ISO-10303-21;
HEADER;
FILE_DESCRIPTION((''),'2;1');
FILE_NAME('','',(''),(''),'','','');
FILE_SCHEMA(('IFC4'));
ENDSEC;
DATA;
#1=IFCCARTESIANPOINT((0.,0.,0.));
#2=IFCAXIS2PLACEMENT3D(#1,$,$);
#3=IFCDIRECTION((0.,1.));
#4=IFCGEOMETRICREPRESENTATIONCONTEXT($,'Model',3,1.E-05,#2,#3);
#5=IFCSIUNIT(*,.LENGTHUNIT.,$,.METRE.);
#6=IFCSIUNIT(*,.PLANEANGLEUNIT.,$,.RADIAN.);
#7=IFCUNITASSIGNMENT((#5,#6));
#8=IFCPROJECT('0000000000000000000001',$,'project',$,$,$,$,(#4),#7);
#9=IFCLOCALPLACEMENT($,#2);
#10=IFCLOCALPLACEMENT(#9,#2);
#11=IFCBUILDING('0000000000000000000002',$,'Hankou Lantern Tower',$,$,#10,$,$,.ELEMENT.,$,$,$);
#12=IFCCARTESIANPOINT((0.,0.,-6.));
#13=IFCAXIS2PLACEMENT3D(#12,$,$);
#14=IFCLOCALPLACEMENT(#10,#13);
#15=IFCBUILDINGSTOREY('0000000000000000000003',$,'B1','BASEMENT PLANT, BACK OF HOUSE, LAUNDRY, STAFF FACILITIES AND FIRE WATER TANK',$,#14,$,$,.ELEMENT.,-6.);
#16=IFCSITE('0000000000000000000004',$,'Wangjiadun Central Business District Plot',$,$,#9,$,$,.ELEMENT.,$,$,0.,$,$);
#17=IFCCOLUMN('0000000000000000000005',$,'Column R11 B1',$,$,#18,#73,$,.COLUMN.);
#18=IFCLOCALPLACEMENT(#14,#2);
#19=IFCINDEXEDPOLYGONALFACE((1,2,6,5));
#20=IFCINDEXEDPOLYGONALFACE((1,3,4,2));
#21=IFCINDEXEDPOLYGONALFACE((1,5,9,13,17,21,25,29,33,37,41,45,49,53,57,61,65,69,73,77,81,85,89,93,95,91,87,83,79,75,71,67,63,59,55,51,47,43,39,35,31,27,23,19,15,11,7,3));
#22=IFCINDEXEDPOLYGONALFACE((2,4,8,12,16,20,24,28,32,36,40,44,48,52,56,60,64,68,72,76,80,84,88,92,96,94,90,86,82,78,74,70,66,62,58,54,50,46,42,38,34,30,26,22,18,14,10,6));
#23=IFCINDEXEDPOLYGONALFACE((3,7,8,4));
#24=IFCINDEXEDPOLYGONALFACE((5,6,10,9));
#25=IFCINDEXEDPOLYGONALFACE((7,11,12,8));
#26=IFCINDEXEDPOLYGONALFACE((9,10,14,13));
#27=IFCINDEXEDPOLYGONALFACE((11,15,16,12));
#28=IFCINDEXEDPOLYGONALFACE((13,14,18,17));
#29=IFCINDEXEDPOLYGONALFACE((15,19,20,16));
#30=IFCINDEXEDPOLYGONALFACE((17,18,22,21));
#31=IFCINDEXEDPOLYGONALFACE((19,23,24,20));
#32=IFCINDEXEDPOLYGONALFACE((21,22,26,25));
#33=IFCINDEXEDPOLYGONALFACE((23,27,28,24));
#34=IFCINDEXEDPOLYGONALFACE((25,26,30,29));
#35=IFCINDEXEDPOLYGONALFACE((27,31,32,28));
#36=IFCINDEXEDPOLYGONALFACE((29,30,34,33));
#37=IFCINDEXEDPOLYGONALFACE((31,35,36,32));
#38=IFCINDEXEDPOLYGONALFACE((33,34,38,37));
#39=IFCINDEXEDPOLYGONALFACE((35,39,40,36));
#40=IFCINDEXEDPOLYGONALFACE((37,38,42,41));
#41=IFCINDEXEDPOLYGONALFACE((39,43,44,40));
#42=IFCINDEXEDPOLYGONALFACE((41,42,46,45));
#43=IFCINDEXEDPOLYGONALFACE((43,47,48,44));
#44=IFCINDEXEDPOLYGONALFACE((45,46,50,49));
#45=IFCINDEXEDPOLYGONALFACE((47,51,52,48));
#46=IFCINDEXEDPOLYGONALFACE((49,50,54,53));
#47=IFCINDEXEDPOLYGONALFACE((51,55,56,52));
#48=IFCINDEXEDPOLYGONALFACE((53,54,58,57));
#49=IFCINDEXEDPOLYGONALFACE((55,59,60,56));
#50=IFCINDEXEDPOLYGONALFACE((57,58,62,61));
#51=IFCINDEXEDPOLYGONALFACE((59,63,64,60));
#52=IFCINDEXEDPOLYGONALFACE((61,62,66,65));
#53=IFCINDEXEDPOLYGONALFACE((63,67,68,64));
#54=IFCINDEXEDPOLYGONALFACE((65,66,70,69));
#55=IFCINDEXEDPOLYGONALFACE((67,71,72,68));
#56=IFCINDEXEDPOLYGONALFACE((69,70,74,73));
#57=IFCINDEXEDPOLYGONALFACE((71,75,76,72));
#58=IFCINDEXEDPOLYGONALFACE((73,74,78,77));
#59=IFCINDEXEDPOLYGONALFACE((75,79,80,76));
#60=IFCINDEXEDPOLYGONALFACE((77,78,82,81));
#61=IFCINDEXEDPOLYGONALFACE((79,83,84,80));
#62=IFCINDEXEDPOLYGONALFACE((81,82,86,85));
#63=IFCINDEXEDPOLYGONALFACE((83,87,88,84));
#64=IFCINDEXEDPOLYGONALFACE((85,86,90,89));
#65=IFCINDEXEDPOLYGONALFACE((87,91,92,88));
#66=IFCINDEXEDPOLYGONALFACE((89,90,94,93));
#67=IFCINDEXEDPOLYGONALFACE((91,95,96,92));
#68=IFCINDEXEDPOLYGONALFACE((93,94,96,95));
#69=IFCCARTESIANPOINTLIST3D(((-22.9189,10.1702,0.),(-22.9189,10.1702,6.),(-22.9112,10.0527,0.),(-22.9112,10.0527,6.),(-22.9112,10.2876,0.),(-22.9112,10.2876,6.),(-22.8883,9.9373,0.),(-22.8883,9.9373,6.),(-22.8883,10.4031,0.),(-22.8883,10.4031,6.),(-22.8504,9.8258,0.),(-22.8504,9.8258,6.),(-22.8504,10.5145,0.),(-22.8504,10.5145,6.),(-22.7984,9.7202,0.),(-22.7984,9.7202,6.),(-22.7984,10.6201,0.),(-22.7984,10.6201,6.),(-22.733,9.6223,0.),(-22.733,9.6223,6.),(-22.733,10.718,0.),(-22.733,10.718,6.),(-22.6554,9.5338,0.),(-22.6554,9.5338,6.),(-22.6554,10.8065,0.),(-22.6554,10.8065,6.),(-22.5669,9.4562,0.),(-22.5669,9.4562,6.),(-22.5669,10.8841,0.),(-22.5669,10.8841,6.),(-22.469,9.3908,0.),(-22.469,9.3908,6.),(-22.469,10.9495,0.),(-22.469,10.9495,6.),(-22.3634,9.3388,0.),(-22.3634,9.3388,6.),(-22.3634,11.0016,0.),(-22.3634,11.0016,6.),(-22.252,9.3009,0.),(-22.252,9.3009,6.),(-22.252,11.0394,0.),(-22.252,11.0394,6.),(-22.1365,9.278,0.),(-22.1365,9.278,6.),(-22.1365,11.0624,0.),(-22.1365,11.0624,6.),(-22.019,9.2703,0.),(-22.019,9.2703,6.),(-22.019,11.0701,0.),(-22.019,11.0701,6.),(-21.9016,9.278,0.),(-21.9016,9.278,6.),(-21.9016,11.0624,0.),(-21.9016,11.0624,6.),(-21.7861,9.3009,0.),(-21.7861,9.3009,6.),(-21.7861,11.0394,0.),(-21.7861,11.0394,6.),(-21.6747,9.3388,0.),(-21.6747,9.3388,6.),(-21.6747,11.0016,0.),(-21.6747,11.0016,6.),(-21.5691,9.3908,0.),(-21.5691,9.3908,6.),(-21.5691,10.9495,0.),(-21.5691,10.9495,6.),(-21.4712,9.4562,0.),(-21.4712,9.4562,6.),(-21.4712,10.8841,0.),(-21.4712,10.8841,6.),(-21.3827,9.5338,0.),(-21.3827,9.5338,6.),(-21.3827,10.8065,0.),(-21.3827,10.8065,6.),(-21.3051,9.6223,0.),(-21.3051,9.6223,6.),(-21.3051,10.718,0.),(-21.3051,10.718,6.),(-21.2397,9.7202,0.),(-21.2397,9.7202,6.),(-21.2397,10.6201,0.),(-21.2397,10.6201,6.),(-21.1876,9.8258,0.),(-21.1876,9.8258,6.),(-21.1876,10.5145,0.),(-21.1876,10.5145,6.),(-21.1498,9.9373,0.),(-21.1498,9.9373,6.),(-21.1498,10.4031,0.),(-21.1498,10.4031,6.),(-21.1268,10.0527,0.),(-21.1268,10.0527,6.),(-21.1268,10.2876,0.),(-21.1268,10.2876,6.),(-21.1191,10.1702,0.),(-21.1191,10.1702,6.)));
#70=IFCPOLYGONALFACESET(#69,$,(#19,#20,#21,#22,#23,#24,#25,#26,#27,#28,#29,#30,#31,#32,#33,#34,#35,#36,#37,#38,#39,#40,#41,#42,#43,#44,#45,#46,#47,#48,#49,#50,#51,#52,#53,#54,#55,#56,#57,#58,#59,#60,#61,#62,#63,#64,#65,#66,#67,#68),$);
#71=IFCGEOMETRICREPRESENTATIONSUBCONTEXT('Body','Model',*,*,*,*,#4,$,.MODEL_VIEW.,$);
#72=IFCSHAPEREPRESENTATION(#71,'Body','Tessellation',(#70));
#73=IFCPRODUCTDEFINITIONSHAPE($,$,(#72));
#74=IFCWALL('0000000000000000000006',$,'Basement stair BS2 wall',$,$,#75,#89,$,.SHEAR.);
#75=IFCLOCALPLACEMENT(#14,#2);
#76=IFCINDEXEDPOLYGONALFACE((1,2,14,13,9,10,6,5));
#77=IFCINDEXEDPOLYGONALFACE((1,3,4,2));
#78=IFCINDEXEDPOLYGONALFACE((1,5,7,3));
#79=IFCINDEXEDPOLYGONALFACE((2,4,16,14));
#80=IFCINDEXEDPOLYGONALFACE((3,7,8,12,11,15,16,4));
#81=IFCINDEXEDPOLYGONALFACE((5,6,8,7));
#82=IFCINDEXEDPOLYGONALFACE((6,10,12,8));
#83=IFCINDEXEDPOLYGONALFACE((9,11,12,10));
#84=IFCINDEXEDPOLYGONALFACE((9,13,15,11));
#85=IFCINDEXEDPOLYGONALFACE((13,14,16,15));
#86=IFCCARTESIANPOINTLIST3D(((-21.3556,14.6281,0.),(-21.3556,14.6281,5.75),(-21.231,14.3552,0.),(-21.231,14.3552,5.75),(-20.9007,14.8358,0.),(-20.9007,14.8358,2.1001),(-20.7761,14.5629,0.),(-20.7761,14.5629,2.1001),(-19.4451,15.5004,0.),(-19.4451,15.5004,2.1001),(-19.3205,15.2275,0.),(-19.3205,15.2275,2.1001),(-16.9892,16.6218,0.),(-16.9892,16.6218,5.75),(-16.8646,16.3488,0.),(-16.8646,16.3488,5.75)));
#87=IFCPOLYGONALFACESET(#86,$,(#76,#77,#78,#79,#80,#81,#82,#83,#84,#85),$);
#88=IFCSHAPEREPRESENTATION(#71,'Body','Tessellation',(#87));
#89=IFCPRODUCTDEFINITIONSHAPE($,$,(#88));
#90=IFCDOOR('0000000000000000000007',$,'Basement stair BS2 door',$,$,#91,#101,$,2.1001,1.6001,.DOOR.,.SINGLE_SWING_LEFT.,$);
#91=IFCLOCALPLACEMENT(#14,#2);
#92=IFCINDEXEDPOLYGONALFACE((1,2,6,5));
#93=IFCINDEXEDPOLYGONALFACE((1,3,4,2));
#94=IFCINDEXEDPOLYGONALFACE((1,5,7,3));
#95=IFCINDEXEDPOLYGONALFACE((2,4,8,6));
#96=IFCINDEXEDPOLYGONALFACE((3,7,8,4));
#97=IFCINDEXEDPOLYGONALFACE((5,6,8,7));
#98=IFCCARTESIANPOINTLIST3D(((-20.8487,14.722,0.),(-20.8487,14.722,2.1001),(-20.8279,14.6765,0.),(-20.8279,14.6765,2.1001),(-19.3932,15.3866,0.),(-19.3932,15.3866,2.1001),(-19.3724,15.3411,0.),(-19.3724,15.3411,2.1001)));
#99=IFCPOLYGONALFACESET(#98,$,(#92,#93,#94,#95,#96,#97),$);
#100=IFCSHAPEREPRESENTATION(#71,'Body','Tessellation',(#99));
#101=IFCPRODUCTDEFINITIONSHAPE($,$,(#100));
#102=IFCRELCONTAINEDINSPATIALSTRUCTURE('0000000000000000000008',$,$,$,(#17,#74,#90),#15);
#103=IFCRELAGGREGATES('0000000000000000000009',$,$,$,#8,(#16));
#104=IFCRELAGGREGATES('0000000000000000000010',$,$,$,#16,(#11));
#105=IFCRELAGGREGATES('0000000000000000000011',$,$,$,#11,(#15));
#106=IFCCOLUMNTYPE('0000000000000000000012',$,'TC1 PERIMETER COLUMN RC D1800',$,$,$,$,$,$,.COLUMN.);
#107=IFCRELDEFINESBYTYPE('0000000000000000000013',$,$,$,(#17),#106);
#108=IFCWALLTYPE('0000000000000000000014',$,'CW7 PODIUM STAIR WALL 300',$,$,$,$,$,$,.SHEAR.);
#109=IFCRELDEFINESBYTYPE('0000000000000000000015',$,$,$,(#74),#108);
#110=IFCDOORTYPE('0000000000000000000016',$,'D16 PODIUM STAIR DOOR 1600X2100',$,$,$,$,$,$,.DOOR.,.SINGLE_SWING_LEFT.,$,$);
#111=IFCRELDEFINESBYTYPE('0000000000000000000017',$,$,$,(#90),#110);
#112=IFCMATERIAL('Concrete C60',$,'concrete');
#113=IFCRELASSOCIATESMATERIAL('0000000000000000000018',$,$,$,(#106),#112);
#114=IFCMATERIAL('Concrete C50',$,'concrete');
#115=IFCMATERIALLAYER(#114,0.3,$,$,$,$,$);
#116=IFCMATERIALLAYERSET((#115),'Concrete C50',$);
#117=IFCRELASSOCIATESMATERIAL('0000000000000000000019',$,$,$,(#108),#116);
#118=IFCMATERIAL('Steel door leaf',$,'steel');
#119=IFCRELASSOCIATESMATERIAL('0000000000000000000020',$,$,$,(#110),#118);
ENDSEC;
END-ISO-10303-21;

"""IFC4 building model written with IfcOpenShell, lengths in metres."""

from ifc_helpers import new_model, si_unit, direction, frame, frame_2d, origin, origin_2d, place, context, subcontext, project, spatial, rectangle, circle, extrude, material, layer, layer_set, material_profile, profile_set, type_object, element, fill, save


model = new_model("IFC4")

# Units and contexts
model_context = context("Model", 3, precision=1e-05, world=origin(), true_north=direction((0.0, 1.0)))
body_context = subcontext(model_context, "Body", "Model", "MODEL_VIEW")
ifc_project = project(units=[si_unit("LENGTHUNIT", "METRE"), si_unit("PLANEANGLEUNIT", "RADIAN")], contexts=[model_context])

# Site, building, storey
site_placement = place(None, origin())
site = spatial("IfcSite", under=ifc_project, at=site_placement, Name="Wangjiadun Central Business District Plot", CompositionType="ELEMENT", RefElevation=0.0)
building_placement = place(site_placement, origin())
building = spatial("IfcBuilding", under=site, at=building_placement, Name="Hankou Lantern Tower", CompositionType="ELEMENT")
storey_placement = place(building_placement, frame((0.0, 0.0, -6.0)))
storey = spatial("IfcBuildingStorey", under=building, at=storey_placement, Name="B1", Description="BASEMENT PLANT, BACK OF HOUSE, LAUNDRY, STAFF FACILITIES AND FIRE WATER TANK", CompositionType="ELEMENT", Elevation=-6.0)

# Column
ifc_material_1 = material(Name="Concrete C60", Category="concrete")
ifc_material_profile_1 = material_profile(ifc_material_1, circle(Radius=0.8999, at=origin_2d()), Name="RC D1800")
ifc_profile_set_1 = profile_set([ifc_material_profile_1], Name="Concrete C60")
column_type_1 = type_object("IfcColumnType", Name="TC1 PERIMETER COLUMN RC D1800", PredefinedType="COLUMN", material=ifc_profile_set_1)
column_1_placement = place(storey_placement, frame((-22.019, 10.1702, 0.0), z_axis=(0.0, 0.0, 1.0), x_axis=(1.0, 0.0, 0.0)))
element("IfcColumn", 1, at=column_1_placement, inside=storey, type_object=column_type_1, Name="Column R11 B1", PredefinedType="COLUMN", context=body_context, shape_type="SweptSolid", body=[
    extrude(circle(Radius=0.8999, at=origin_2d()), origin(), (0.0, 0.0, 1.0), 6.0),
])

# Wall, opening, door
ifc_material_2 = material(Name="Concrete C50", Category="concrete")
ifc_layer_1 = layer(ifc_material_2, 0.3)
ifc_layer_set_1 = layer_set([ifc_layer_1], Name="Concrete C50")
wall_type_1 = type_object("IfcWallType", Name="CW7 PODIUM STAIR WALL 300", PredefinedType="SHEAR", material=ifc_layer_set_1)
wall_1_placement = place(storey_placement, frame((-21.2932, 14.4917, 0.0), z_axis=(0.0, 0.0, 1.0), x_axis=(0.909667, 0.415339, 0.0)))
wall_1 = element("IfcWall", 2, at=wall_1_placement, inside=storey, type_object=wall_type_1, Name="Basement stair BS2 wall", PredefinedType="SHEAR", context=body_context, shape_type="SweptSolid", body=[
    extrude(rectangle(XDim=4.8, YDim=0.3, at=frame_2d((2.3999, 0.0))), origin(), (0.0, 0.0, 1.0), 5.75),
])
opening_1_placement = place(wall_1_placement, frame((0.5, 0.0, 0.0)))
opening_1 = element("IfcOpeningElement", 3, at=opening_1_placement, cuts=wall_1, PredefinedType="OPENING", context=body_context, shape_type="SweptSolid", body=[
    extrude(rectangle(XDim=1.6001, YDim=2.1001, at=frame_2d((0.8, 1.05))), frame((0.0, 0.1599, 0.0), z_axis=(0.0, -1.0, 0.0), x_axis=(1.0, 0.0, 0.0)), (0.0, 0.0, 1.0), 0.3201),
])
ifc_material_3 = material(Name="Steel door leaf", Category="steel")
door_type_1 = type_object("IfcDoorType", Name="D16 PODIUM STAIR DOOR 1600X2100", OperationType="SINGLE_SWING_LEFT", PredefinedType="DOOR", material=ifc_material_3)
door_1_placement = place(opening_1_placement, origin())
door_1 = element("IfcDoor", 4, at=door_1_placement, inside=storey, type_object=door_type_1, Name="Basement stair BS2 door", OperationType="SINGLE_SWING_LEFT", OverallHeight=2.1001, OverallWidth=1.6001, PredefinedType="DOOR", context=body_context, shape_type="SweptSolid", body=[
    extrude(rectangle(XDim=1.6001, YDim=2.1001, at=frame_2d((0.8, 1.05))), frame((0.0, 0.0249, 0.0), z_axis=(0.0, -1.0, 0.0), x_axis=(1.0, 0.0, 0.0)), (0.0, 0.0, 1.0), 0.05),
])
fill(opening_1, door_1)

save(model, "model.ifc")
